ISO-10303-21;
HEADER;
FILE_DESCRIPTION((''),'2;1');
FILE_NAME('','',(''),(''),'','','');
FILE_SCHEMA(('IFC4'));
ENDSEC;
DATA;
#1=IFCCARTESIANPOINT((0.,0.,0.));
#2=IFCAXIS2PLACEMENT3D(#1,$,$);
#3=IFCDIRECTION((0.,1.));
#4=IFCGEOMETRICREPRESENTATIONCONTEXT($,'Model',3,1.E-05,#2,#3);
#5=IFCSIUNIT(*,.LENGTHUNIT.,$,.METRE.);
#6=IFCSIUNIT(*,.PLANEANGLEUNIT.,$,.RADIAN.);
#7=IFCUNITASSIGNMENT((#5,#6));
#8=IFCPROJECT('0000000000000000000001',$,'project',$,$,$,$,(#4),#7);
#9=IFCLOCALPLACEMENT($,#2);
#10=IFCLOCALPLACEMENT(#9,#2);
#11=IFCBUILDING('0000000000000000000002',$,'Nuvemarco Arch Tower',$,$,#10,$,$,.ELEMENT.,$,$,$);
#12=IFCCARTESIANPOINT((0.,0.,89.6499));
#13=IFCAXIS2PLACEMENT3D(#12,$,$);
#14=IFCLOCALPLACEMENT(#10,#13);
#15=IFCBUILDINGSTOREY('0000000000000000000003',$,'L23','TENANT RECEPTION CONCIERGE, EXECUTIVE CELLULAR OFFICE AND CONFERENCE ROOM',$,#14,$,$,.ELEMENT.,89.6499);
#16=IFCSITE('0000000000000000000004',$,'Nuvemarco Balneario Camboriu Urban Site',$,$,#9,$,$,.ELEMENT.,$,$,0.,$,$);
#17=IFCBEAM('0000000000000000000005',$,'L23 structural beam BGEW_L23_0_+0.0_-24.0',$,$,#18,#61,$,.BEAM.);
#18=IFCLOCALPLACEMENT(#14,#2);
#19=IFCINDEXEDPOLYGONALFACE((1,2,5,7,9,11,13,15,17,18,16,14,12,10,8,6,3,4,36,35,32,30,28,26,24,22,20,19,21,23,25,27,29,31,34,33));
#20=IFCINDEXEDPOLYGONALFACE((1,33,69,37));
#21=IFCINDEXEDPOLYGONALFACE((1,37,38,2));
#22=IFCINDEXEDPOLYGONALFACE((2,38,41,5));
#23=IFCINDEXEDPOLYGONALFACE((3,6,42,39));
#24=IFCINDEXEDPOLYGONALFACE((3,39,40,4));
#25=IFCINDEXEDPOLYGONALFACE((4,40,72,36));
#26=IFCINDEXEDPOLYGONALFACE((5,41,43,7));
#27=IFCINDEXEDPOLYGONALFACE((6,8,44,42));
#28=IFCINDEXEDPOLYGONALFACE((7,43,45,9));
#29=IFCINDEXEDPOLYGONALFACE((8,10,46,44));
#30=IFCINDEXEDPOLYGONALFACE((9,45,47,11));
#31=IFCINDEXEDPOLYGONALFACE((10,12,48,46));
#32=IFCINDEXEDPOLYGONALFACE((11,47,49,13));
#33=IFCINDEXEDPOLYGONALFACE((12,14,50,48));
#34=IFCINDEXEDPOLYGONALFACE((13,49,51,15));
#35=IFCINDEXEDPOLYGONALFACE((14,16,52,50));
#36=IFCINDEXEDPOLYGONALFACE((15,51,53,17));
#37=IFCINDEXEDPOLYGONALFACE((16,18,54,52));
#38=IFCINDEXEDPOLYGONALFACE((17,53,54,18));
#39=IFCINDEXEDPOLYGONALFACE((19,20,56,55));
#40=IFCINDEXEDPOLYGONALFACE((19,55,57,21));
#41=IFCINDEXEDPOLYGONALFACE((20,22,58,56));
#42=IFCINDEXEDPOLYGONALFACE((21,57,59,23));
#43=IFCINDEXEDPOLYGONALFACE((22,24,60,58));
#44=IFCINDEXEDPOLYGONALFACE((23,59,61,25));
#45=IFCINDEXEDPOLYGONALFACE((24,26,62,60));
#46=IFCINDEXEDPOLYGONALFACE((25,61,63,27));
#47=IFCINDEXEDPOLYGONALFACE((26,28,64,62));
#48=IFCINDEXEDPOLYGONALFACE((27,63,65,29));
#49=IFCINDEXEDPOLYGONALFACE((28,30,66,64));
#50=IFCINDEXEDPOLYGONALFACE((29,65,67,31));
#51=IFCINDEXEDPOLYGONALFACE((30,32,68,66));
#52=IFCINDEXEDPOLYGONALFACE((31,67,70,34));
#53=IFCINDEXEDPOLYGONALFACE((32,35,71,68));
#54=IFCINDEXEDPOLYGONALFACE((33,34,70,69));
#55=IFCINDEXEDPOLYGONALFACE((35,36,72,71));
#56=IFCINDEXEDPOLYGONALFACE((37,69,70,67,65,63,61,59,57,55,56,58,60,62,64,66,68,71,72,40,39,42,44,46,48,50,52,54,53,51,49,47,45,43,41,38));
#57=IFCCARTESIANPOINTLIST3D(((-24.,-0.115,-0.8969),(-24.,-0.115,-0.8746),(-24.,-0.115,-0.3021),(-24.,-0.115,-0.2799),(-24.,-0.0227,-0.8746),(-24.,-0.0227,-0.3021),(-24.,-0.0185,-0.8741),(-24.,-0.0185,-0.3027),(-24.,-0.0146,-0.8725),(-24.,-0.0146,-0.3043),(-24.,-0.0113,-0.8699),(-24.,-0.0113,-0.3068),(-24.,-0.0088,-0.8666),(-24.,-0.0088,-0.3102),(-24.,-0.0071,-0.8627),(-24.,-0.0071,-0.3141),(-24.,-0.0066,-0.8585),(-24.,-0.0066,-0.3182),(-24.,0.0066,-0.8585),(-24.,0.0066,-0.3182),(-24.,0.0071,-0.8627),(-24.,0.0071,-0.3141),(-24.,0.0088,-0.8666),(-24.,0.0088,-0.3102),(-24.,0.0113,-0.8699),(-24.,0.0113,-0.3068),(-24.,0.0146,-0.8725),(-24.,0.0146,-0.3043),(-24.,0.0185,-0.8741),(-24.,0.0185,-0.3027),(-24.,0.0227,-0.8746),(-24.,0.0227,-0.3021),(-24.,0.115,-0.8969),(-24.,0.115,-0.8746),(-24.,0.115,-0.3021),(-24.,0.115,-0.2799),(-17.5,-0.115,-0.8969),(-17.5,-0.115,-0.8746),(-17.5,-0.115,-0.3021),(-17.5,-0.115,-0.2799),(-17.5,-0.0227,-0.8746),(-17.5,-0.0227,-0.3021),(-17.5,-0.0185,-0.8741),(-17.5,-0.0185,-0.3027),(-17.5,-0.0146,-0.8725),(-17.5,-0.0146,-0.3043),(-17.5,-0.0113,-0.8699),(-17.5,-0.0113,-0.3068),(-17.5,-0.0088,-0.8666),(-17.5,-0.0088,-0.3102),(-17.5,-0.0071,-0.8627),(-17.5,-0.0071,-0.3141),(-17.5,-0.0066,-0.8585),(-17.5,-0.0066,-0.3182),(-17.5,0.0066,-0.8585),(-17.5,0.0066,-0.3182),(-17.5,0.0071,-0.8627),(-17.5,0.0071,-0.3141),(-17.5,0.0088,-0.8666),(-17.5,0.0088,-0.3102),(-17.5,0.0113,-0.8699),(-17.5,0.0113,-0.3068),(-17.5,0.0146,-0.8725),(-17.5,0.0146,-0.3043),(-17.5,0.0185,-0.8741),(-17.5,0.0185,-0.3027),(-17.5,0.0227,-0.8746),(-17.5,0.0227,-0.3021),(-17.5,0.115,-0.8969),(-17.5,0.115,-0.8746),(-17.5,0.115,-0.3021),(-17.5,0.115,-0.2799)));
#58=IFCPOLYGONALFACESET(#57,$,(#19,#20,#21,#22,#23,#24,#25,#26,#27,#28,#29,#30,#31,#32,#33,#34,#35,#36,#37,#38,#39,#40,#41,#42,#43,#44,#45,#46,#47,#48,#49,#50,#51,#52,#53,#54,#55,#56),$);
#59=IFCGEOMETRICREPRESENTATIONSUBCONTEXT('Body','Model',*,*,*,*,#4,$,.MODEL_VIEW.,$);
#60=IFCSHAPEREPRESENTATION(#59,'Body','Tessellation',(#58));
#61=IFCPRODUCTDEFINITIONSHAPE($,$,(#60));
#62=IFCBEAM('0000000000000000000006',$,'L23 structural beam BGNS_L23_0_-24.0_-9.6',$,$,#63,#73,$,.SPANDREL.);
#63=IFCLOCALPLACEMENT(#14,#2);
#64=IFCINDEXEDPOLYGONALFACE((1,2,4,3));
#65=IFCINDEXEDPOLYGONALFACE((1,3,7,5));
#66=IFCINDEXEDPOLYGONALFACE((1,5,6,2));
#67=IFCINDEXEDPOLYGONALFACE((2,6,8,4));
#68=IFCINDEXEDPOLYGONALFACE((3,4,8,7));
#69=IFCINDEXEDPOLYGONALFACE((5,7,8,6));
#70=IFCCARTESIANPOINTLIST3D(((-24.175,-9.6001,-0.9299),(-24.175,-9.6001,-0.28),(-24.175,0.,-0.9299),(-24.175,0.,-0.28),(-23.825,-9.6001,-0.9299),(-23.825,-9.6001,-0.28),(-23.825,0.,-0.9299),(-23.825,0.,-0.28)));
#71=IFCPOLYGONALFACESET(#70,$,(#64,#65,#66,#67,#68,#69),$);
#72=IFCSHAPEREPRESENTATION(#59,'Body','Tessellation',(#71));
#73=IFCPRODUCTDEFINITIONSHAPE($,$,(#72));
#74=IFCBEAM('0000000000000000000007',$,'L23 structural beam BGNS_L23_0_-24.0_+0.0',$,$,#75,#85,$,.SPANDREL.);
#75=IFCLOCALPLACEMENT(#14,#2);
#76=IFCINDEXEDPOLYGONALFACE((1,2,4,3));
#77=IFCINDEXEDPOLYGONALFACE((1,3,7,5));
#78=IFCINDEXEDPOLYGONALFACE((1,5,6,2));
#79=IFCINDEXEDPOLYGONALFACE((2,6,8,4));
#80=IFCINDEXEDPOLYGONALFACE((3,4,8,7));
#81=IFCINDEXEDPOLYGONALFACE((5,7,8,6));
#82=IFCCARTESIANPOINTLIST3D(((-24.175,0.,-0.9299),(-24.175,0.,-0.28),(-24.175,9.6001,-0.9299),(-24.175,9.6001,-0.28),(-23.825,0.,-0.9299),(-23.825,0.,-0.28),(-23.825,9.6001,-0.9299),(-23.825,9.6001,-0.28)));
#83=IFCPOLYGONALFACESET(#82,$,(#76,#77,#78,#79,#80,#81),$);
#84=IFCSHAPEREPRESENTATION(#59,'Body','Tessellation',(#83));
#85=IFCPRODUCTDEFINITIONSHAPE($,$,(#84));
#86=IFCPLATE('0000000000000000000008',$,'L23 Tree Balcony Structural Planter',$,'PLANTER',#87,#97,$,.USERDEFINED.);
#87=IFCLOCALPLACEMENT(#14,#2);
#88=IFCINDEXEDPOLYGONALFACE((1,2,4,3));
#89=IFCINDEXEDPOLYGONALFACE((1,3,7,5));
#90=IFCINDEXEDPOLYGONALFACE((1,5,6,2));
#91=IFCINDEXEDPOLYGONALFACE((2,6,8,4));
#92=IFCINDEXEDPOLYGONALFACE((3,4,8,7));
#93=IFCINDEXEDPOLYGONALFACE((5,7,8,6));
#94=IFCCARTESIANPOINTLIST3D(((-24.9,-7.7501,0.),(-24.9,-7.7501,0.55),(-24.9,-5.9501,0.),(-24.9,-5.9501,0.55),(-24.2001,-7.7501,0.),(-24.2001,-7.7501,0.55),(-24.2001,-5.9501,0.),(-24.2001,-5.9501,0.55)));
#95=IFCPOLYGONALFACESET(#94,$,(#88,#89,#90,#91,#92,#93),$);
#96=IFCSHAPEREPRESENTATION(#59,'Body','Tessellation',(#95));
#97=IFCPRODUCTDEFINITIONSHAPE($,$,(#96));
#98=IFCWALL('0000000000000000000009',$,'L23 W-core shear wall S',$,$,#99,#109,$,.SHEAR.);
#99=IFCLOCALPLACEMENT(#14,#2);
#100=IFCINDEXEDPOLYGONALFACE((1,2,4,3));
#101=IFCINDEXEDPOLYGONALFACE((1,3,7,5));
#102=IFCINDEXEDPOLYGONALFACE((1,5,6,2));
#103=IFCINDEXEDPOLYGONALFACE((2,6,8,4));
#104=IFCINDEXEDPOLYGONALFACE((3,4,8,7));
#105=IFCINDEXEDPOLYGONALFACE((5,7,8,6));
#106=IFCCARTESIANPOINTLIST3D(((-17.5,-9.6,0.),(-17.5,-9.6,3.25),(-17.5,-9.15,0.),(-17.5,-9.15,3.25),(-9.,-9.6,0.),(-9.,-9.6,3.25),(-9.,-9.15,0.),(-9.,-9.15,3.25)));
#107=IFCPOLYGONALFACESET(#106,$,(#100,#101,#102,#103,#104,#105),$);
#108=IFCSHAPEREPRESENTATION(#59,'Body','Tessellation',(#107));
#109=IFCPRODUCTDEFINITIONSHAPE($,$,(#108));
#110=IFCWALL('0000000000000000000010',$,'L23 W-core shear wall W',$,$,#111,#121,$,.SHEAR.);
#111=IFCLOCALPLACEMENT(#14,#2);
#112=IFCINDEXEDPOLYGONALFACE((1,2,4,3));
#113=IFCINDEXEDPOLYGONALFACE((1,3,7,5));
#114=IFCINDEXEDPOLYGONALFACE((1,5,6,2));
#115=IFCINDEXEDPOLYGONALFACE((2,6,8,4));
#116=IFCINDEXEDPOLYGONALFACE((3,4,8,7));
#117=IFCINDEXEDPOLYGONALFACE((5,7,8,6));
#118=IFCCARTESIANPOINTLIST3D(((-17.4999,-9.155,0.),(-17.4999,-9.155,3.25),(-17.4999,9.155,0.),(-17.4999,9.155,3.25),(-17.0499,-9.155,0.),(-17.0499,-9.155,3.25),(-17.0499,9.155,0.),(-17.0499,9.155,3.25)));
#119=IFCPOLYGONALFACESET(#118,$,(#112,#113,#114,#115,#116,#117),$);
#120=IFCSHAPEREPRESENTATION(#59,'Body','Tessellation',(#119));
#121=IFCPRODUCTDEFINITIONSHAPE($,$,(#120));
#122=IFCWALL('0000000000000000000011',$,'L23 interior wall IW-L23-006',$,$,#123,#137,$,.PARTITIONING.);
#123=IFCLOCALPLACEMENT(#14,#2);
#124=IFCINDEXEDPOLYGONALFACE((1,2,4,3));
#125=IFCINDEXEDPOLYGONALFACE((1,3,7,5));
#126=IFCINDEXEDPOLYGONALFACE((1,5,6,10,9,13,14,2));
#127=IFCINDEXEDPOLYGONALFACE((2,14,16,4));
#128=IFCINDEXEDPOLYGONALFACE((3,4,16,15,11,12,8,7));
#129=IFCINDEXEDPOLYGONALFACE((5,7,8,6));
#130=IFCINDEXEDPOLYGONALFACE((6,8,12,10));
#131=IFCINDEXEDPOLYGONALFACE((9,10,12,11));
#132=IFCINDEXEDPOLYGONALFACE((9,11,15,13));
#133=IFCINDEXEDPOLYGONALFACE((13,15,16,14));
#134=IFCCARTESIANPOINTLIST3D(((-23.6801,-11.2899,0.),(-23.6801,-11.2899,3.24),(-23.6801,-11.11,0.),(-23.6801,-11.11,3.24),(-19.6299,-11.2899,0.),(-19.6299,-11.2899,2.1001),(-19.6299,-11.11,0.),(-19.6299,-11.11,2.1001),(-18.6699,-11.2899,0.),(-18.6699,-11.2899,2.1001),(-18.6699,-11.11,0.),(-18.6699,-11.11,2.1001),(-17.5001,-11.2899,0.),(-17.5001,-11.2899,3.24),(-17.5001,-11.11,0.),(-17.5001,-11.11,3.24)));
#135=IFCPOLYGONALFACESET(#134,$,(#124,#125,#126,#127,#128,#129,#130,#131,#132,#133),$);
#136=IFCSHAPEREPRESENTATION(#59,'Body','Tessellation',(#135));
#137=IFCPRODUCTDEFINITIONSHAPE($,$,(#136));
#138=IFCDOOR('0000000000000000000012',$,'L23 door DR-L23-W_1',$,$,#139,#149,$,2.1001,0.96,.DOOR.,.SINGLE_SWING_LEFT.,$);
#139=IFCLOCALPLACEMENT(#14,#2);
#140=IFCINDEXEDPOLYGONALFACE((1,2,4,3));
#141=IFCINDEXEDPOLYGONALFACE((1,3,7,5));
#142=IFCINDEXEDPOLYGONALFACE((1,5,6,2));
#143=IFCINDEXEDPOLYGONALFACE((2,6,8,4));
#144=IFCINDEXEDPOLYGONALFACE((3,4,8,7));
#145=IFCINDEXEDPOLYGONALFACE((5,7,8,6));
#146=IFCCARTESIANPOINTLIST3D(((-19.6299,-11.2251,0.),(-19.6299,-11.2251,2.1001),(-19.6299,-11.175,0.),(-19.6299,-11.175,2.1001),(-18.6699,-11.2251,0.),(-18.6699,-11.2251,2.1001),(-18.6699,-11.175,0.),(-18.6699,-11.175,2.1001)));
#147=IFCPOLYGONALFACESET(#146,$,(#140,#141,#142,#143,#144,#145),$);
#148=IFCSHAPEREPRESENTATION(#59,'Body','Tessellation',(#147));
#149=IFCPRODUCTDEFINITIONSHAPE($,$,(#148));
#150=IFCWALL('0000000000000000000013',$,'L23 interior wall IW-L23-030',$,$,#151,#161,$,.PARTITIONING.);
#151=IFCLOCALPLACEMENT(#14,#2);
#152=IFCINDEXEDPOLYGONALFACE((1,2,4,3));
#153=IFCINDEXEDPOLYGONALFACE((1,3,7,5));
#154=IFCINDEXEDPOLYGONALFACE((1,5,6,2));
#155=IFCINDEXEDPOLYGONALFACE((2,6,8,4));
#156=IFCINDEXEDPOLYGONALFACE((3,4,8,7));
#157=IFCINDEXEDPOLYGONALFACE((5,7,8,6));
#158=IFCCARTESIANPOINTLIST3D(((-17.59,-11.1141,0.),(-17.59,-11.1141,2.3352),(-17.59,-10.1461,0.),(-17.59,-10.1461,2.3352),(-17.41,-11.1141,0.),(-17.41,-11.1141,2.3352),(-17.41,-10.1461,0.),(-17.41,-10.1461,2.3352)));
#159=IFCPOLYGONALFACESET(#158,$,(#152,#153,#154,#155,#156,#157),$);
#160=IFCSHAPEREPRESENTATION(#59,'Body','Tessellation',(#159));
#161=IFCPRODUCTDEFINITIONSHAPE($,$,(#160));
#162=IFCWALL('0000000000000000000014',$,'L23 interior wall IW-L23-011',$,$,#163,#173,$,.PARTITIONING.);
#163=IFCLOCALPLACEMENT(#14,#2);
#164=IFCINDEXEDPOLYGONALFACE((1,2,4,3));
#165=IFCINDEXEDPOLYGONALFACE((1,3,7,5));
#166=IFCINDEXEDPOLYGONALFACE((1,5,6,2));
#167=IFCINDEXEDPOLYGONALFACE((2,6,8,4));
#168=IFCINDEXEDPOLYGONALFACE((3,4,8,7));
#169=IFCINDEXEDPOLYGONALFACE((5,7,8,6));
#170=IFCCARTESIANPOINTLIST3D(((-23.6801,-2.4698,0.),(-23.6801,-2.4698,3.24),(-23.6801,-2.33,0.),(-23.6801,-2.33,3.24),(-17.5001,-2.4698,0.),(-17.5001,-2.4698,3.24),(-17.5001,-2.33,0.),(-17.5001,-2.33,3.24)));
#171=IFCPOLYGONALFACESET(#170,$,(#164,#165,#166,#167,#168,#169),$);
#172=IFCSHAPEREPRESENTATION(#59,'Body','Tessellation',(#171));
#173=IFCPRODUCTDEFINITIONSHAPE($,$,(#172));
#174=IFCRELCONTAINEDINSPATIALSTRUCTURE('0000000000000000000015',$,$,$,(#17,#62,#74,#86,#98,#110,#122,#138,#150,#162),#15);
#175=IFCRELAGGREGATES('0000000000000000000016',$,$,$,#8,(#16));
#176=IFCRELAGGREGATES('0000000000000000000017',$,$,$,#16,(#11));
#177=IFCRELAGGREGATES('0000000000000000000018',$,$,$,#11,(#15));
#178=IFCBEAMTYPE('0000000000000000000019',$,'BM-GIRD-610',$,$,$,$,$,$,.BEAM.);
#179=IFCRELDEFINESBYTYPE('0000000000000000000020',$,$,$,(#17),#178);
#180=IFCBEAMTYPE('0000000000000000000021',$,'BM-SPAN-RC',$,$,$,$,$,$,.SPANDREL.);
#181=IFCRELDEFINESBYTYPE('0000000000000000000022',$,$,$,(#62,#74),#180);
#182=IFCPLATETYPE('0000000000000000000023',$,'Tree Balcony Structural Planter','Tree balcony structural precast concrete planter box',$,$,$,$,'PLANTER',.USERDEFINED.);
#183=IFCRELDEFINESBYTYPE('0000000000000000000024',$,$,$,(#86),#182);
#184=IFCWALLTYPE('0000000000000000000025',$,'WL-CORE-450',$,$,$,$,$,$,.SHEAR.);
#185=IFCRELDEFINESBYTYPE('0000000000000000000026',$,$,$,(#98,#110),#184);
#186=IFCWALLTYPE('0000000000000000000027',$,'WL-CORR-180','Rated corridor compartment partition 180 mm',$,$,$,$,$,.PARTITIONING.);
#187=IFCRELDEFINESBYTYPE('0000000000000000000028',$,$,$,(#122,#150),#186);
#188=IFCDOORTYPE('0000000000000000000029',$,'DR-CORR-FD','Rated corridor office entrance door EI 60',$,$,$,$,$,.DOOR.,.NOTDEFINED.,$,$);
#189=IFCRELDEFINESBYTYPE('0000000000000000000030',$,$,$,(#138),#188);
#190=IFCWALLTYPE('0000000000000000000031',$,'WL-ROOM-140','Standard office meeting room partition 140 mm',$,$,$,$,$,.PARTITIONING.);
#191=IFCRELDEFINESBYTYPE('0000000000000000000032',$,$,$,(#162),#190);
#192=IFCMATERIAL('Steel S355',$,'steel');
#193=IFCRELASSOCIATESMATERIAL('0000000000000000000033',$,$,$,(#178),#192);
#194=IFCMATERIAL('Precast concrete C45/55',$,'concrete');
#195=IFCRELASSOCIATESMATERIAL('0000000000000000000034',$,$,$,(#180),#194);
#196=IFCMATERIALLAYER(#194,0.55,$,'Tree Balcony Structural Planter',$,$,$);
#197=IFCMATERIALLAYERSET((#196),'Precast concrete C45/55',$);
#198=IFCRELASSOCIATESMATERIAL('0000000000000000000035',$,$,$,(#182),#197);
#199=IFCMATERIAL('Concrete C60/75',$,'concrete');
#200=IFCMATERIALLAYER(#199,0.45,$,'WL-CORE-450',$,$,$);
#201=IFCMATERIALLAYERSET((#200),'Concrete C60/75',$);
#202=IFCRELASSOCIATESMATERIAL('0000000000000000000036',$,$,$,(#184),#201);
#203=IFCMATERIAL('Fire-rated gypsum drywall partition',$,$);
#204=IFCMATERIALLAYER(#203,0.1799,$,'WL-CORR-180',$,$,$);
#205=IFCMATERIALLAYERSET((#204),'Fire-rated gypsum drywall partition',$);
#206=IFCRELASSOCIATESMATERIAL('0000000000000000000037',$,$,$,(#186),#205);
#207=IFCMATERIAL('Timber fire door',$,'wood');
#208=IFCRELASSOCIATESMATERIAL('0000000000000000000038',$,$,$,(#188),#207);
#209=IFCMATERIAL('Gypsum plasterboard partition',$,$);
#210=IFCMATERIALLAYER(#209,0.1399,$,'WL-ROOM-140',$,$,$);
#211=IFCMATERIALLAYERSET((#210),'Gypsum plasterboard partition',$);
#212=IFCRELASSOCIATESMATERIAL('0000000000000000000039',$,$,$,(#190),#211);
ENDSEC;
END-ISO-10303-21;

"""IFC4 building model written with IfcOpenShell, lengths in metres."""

from ifc_helpers import new_model, si_unit, direction, frame, frame_2d, origin, origin_2d, place, context, subcontext, project, spatial, rectangle, i_section, extrude, source, transform, mapped, material, layer, layer_set, material_profile, profile_set, type_object, type_shapes, element, fill, save


model = new_model("IFC4")

# Units and contexts
model_context = context("Model", 3, precision=1e-05, world=origin(), true_north=direction((0.0, 1.0)))
body_context = subcontext(model_context, "Body", "Model", "MODEL_VIEW")
ifc_project = project(units=[si_unit("LENGTHUNIT", "METRE"), si_unit("PLANEANGLEUNIT", "RADIAN")], contexts=[model_context])

# Site, building, storey
site_placement = place(None, origin())
site = spatial("IfcSite", under=ifc_project, at=site_placement, Name="Nuvemarco Balneario Camboriu Urban Site", CompositionType="ELEMENT", RefElevation=0.0)
building_placement = place(site_placement, origin())
building = spatial("IfcBuilding", under=site, at=building_placement, Name="Nuvemarco Arch Tower", CompositionType="ELEMENT")
storey_placement = place(building_placement, frame((0.0, 0.0, 89.6499)))
storey = spatial("IfcBuildingStorey", under=building, at=storey_placement, Name="L23", Description="TENANT RECEPTION CONCIERGE, EXECUTIVE CELLULAR OFFICE AND CONFERENCE ROOM", CompositionType="ELEMENT", Elevation=89.6499)

# Shared definitions
ifc_material_1 = material(Name="Concrete C60/75", Category="concrete")

# Beams
ifc_material_2 = material(Name="Steel S355", Category="steel")
ifc_material_profile_1 = material_profile(ifc_material_2, i_section(OverallWidth=0.23, OverallDepth=0.6169, WebThickness=0.0132, FlangeThickness=0.0222, FilletRadius=0.0161, at=origin_2d()), Name="W610x140")
ifc_profile_set_1 = profile_set([ifc_material_profile_1], Name="Steel S355")
beam_type_1 = type_object("IfcBeamType", Name="BM-GIRD-610", PredefinedType="BEAM", material=ifc_profile_set_1)
beam_1_placement = place(storey_placement, frame((-24.0, 0.0, -0.5884), z_axis=(1.0, 0.0, 0.0), x_axis=(0.0, 1.0, 0.0)))
element("IfcBeam", 1, at=beam_1_placement, inside=storey, type_object=beam_type_1, Name="L23 structural beam BGEW_L23_0_+0.0_-24.0", PredefinedType="BEAM", context=body_context, shape_type="SweptSolid", body=[
    extrude(i_section(OverallWidth=0.23, OverallDepth=0.6169, WebThickness=0.0132, FlangeThickness=0.0222, FilletRadius=0.0161, at=origin_2d()), origin(), (0.0, 0.0, 1.0), 6.5),
])
ifc_material_3 = material(Name="Precast concrete C45/55", Category="concrete")
ifc_material_profile_2 = material_profile(ifc_material_3, rectangle(XDim=0.3501, YDim=0.6499, at=origin_2d()), Name="PC-SP-350x650")
ifc_profile_set_2 = profile_set([ifc_material_profile_2], Name="Precast concrete C45/55")
beam_type_2 = type_object("IfcBeamType", Name="BM-SPAN-RC", PredefinedType="SPANDREL", material=ifc_profile_set_2)
for number, where, z_axis, x_axis, name in (
    (2, (-24.0, -9.6001, -0.605), (0.0, 1.0, 0.0), (-1.0, 0.0, 0.0), "L23 structural beam BGNS_L23_0_-24.0_-9.6"),
    (3, (-24.0, 0.0, -0.605), (0.0, 1.0, 0.0), (-1.0, 0.0, 0.0), "L23 structural beam BGNS_L23_0_-24.0_+0.0"),
):
    element("IfcBeam", number, at=place(storey_placement, frame(where, z_axis=z_axis, x_axis=x_axis)), inside=storey, type_object=beam_type_2, Name=name, PredefinedType="SPANDREL", context=body_context, shape_type="SweptSolid", body=[
        extrude(rectangle(XDim=0.3501, YDim=0.6499, at=origin_2d()), origin(), (0.0, 0.0, 1.0), 9.6001),
    ])

# Plate
ifc_layer_1 = layer(ifc_material_3, 0.55, Name="Tree Balcony Structural Planter")
ifc_layer_set_1 = layer_set([ifc_layer_1], Name="Precast concrete C45/55")
plate_type = type_object("IfcPlateType", Name="Tree Balcony Structural Planter", Description="Tree balcony structural precast concrete planter box", ElementType="PLANTER", PredefinedType="USERDEFINED", material=ifc_layer_set_1)
shared_shape_1 = source(origin(), body_context, "Body", "SweptSolid", [
    extrude(rectangle(XDim=1.8, YDim=0.7, at=origin_2d()), origin(), (0.0, 0.0, 1.0), 0.55),
])
type_shapes(plate_type, [shared_shape_1])
plate_placement = place(storey_placement, frame((-24.55, -6.8501, 0.0), z_axis=(0.0, 0.0, 1.0), x_axis=(0.0, 1.0, 0.0)))
element("IfcPlate", 4, at=plate_placement, inside=storey, type_object=plate_type, Name="L23 Tree Balcony Structural Planter", ObjectType="PLANTER", PredefinedType="USERDEFINED", context=body_context, shape_type="MappedRepresentation", body=[
    mapped(shared_shape_1, transform((0.0, 0.0, 0.0), scale=1.0)),
])

# Walls
ifc_layer_2 = layer(ifc_material_1, 0.45, Name="WL-CORE-450")
ifc_layer_set_2 = layer_set([ifc_layer_2], Name="Concrete C60/75")
wall_type_1 = type_object("IfcWallType", Name="WL-CORE-450", PredefinedType="SHEAR", material=ifc_layer_set_2)
wall_1_placement = place(storey_placement, frame((-17.5, -9.375, 0.0), z_axis=(0.0, 0.0, 1.0), x_axis=(1.0, 0.0, 0.0)))
element("IfcWall", 5, at=wall_1_placement, inside=storey, type_object=wall_type_1, Name="L23 W-core shear wall S", PredefinedType="SHEAR", context=body_context, shape_type="SweptSolid", body=[
    extrude(rectangle(XDim=8.5, YDim=0.45, at=frame_2d((4.25, 0.0))), origin(), (0.0, 0.0, 1.0), 3.25),
])
wall_2_placement = place(storey_placement, frame((-17.2749, -9.155, 0.0), z_axis=(0.0, 0.0, 1.0), x_axis=(0.0, 1.0, 0.0)))
element("IfcWall", 6, at=wall_2_placement, inside=storey, type_object=wall_type_1, Name="L23 W-core shear wall W", PredefinedType="SHEAR", context=body_context, shape_type="SweptSolid", body=[
    extrude(rectangle(XDim=18.3101, YDim=0.45, at=frame_2d((9.155, 0.0))), origin(), (0.0, 0.0, 1.0), 3.25),
])

# Wall, opening, door
ifc_material_4 = material(Name="Fire-rated gypsum drywall partition")
ifc_layer_3 = layer(ifc_material_4, 0.1799, Name="WL-CORR-180")
ifc_layer_set_3 = layer_set([ifc_layer_3], Name="Fire-rated gypsum drywall partition")
wall_type_2 = type_object("IfcWallType", Name="WL-CORR-180", Description="Rated corridor compartment partition 180 mm", PredefinedType="PARTITIONING", material=ifc_layer_set_3)
wall_3_placement = place(storey_placement, frame((-23.6799, -11.2, 0.0), z_axis=(0.0, 0.0, 1.0), x_axis=(1.0, 0.0, 0.0)))
wall_3 = element("IfcWall", 7, at=wall_3_placement, inside=storey, type_object=wall_type_2, Name="L23 interior wall IW-L23-006", PredefinedType="PARTITIONING", context=body_context, shape_type="SweptSolid", body=[
    extrude(rectangle(XDim=6.1799, YDim=0.1799, at=frame_2d((3.0898, 0.0))), origin(), (0.0, 0.0, 1.0), 3.24),
])
opening_placement = place(wall_3_placement, frame((4.05, 0.0, 0.0)))
opening = element("IfcOpeningElement", 8, at=opening_placement, cuts=wall_3, PredefinedType="OPENING", context=body_context, shape_type="SweptSolid", body=[
    extrude(rectangle(XDim=0.96, YDim=2.1001, at=frame_2d((0.48, 1.05))), frame((0.0, 0.0999, 0.0), z_axis=(0.0, -1.0, 0.0), x_axis=(1.0, 0.0, 0.0)), (0.0, 0.0, 1.0), 0.2),
])
ifc_material_5 = material(Name="Timber fire door", Category="wood")
door_type = type_object("IfcDoorType", Name="DR-CORR-FD", Description="Rated corridor office entrance door EI 60", OperationType="NOTDEFINED", PredefinedType="DOOR", material=ifc_material_5)
shared_shape_2 = source(origin(), body_context, "Body", "SweptSolid", [
    extrude(rectangle(XDim=0.96, YDim=2.1001, at=frame_2d((0.48, 1.05))), frame((0.0, 0.0249, 0.0), z_axis=(0.0, -1.0, 0.0), x_axis=(1.0, 0.0, 0.0)), (0.0, 0.0, 1.0), 0.05),
])
type_shapes(door_type, [shared_shape_2])
door_placement = place(opening_placement, origin())
door = element("IfcDoor", 9, at=door_placement, inside=storey, type_object=door_type, Name="L23 door DR-L23-W_1", OperationType="SINGLE_SWING_LEFT", OverallHeight=2.1001, OverallWidth=0.96, PredefinedType="DOOR", context=body_context, shape_type="MappedRepresentation", body=[
    mapped(shared_shape_2, transform((0.0, 0.0, 0.0), scale=1.0)),
])
fill(opening, door)

# Walls
wall_4_placement = place(storey_placement, frame((-17.5, -11.114, 0.0), z_axis=(0.0, 0.0, 1.0), x_axis=(0.0, 1.0, 0.0)))
element("IfcWall", 10, at=wall_4_placement, inside=storey, type_object=wall_type_2, Name="L23 interior wall IW-L23-030", PredefinedType="PARTITIONING", context=body_context, shape_type="SweptSolid", body=[
    extrude(rectangle(XDim=0.968, YDim=0.1799, at=frame_2d((0.4839, 0.0))), origin(), (0.0, 0.0, 1.0), 2.3352),
])
ifc_material_6 = material(Name="Gypsum plasterboard partition")
ifc_layer_4 = layer(ifc_material_6, 0.1399, Name="WL-ROOM-140")
ifc_layer_set_4 = layer_set([ifc_layer_4], Name="Gypsum plasterboard partition")
wall_type_3 = type_object("IfcWallType", Name="WL-ROOM-140", Description="Standard office meeting room partition 140 mm", PredefinedType="PARTITIONING", material=ifc_layer_set_4)
wall_5_placement = place(storey_placement, frame((-23.6799, -2.3999, 0.0), z_axis=(0.0, 0.0, 1.0), x_axis=(1.0, 0.0, 0.0)))
element("IfcWall", 11, at=wall_5_placement, inside=storey, type_object=wall_type_3, Name="L23 interior wall IW-L23-011", PredefinedType="PARTITIONING", context=body_context, shape_type="SweptSolid", body=[
    extrude(rectangle(XDim=6.1799, YDim=0.1399, at=frame_2d((3.0898, 0.0))), origin(), (0.0, 0.0, 1.0), 3.24),
])

save(model, "model.ifc")
